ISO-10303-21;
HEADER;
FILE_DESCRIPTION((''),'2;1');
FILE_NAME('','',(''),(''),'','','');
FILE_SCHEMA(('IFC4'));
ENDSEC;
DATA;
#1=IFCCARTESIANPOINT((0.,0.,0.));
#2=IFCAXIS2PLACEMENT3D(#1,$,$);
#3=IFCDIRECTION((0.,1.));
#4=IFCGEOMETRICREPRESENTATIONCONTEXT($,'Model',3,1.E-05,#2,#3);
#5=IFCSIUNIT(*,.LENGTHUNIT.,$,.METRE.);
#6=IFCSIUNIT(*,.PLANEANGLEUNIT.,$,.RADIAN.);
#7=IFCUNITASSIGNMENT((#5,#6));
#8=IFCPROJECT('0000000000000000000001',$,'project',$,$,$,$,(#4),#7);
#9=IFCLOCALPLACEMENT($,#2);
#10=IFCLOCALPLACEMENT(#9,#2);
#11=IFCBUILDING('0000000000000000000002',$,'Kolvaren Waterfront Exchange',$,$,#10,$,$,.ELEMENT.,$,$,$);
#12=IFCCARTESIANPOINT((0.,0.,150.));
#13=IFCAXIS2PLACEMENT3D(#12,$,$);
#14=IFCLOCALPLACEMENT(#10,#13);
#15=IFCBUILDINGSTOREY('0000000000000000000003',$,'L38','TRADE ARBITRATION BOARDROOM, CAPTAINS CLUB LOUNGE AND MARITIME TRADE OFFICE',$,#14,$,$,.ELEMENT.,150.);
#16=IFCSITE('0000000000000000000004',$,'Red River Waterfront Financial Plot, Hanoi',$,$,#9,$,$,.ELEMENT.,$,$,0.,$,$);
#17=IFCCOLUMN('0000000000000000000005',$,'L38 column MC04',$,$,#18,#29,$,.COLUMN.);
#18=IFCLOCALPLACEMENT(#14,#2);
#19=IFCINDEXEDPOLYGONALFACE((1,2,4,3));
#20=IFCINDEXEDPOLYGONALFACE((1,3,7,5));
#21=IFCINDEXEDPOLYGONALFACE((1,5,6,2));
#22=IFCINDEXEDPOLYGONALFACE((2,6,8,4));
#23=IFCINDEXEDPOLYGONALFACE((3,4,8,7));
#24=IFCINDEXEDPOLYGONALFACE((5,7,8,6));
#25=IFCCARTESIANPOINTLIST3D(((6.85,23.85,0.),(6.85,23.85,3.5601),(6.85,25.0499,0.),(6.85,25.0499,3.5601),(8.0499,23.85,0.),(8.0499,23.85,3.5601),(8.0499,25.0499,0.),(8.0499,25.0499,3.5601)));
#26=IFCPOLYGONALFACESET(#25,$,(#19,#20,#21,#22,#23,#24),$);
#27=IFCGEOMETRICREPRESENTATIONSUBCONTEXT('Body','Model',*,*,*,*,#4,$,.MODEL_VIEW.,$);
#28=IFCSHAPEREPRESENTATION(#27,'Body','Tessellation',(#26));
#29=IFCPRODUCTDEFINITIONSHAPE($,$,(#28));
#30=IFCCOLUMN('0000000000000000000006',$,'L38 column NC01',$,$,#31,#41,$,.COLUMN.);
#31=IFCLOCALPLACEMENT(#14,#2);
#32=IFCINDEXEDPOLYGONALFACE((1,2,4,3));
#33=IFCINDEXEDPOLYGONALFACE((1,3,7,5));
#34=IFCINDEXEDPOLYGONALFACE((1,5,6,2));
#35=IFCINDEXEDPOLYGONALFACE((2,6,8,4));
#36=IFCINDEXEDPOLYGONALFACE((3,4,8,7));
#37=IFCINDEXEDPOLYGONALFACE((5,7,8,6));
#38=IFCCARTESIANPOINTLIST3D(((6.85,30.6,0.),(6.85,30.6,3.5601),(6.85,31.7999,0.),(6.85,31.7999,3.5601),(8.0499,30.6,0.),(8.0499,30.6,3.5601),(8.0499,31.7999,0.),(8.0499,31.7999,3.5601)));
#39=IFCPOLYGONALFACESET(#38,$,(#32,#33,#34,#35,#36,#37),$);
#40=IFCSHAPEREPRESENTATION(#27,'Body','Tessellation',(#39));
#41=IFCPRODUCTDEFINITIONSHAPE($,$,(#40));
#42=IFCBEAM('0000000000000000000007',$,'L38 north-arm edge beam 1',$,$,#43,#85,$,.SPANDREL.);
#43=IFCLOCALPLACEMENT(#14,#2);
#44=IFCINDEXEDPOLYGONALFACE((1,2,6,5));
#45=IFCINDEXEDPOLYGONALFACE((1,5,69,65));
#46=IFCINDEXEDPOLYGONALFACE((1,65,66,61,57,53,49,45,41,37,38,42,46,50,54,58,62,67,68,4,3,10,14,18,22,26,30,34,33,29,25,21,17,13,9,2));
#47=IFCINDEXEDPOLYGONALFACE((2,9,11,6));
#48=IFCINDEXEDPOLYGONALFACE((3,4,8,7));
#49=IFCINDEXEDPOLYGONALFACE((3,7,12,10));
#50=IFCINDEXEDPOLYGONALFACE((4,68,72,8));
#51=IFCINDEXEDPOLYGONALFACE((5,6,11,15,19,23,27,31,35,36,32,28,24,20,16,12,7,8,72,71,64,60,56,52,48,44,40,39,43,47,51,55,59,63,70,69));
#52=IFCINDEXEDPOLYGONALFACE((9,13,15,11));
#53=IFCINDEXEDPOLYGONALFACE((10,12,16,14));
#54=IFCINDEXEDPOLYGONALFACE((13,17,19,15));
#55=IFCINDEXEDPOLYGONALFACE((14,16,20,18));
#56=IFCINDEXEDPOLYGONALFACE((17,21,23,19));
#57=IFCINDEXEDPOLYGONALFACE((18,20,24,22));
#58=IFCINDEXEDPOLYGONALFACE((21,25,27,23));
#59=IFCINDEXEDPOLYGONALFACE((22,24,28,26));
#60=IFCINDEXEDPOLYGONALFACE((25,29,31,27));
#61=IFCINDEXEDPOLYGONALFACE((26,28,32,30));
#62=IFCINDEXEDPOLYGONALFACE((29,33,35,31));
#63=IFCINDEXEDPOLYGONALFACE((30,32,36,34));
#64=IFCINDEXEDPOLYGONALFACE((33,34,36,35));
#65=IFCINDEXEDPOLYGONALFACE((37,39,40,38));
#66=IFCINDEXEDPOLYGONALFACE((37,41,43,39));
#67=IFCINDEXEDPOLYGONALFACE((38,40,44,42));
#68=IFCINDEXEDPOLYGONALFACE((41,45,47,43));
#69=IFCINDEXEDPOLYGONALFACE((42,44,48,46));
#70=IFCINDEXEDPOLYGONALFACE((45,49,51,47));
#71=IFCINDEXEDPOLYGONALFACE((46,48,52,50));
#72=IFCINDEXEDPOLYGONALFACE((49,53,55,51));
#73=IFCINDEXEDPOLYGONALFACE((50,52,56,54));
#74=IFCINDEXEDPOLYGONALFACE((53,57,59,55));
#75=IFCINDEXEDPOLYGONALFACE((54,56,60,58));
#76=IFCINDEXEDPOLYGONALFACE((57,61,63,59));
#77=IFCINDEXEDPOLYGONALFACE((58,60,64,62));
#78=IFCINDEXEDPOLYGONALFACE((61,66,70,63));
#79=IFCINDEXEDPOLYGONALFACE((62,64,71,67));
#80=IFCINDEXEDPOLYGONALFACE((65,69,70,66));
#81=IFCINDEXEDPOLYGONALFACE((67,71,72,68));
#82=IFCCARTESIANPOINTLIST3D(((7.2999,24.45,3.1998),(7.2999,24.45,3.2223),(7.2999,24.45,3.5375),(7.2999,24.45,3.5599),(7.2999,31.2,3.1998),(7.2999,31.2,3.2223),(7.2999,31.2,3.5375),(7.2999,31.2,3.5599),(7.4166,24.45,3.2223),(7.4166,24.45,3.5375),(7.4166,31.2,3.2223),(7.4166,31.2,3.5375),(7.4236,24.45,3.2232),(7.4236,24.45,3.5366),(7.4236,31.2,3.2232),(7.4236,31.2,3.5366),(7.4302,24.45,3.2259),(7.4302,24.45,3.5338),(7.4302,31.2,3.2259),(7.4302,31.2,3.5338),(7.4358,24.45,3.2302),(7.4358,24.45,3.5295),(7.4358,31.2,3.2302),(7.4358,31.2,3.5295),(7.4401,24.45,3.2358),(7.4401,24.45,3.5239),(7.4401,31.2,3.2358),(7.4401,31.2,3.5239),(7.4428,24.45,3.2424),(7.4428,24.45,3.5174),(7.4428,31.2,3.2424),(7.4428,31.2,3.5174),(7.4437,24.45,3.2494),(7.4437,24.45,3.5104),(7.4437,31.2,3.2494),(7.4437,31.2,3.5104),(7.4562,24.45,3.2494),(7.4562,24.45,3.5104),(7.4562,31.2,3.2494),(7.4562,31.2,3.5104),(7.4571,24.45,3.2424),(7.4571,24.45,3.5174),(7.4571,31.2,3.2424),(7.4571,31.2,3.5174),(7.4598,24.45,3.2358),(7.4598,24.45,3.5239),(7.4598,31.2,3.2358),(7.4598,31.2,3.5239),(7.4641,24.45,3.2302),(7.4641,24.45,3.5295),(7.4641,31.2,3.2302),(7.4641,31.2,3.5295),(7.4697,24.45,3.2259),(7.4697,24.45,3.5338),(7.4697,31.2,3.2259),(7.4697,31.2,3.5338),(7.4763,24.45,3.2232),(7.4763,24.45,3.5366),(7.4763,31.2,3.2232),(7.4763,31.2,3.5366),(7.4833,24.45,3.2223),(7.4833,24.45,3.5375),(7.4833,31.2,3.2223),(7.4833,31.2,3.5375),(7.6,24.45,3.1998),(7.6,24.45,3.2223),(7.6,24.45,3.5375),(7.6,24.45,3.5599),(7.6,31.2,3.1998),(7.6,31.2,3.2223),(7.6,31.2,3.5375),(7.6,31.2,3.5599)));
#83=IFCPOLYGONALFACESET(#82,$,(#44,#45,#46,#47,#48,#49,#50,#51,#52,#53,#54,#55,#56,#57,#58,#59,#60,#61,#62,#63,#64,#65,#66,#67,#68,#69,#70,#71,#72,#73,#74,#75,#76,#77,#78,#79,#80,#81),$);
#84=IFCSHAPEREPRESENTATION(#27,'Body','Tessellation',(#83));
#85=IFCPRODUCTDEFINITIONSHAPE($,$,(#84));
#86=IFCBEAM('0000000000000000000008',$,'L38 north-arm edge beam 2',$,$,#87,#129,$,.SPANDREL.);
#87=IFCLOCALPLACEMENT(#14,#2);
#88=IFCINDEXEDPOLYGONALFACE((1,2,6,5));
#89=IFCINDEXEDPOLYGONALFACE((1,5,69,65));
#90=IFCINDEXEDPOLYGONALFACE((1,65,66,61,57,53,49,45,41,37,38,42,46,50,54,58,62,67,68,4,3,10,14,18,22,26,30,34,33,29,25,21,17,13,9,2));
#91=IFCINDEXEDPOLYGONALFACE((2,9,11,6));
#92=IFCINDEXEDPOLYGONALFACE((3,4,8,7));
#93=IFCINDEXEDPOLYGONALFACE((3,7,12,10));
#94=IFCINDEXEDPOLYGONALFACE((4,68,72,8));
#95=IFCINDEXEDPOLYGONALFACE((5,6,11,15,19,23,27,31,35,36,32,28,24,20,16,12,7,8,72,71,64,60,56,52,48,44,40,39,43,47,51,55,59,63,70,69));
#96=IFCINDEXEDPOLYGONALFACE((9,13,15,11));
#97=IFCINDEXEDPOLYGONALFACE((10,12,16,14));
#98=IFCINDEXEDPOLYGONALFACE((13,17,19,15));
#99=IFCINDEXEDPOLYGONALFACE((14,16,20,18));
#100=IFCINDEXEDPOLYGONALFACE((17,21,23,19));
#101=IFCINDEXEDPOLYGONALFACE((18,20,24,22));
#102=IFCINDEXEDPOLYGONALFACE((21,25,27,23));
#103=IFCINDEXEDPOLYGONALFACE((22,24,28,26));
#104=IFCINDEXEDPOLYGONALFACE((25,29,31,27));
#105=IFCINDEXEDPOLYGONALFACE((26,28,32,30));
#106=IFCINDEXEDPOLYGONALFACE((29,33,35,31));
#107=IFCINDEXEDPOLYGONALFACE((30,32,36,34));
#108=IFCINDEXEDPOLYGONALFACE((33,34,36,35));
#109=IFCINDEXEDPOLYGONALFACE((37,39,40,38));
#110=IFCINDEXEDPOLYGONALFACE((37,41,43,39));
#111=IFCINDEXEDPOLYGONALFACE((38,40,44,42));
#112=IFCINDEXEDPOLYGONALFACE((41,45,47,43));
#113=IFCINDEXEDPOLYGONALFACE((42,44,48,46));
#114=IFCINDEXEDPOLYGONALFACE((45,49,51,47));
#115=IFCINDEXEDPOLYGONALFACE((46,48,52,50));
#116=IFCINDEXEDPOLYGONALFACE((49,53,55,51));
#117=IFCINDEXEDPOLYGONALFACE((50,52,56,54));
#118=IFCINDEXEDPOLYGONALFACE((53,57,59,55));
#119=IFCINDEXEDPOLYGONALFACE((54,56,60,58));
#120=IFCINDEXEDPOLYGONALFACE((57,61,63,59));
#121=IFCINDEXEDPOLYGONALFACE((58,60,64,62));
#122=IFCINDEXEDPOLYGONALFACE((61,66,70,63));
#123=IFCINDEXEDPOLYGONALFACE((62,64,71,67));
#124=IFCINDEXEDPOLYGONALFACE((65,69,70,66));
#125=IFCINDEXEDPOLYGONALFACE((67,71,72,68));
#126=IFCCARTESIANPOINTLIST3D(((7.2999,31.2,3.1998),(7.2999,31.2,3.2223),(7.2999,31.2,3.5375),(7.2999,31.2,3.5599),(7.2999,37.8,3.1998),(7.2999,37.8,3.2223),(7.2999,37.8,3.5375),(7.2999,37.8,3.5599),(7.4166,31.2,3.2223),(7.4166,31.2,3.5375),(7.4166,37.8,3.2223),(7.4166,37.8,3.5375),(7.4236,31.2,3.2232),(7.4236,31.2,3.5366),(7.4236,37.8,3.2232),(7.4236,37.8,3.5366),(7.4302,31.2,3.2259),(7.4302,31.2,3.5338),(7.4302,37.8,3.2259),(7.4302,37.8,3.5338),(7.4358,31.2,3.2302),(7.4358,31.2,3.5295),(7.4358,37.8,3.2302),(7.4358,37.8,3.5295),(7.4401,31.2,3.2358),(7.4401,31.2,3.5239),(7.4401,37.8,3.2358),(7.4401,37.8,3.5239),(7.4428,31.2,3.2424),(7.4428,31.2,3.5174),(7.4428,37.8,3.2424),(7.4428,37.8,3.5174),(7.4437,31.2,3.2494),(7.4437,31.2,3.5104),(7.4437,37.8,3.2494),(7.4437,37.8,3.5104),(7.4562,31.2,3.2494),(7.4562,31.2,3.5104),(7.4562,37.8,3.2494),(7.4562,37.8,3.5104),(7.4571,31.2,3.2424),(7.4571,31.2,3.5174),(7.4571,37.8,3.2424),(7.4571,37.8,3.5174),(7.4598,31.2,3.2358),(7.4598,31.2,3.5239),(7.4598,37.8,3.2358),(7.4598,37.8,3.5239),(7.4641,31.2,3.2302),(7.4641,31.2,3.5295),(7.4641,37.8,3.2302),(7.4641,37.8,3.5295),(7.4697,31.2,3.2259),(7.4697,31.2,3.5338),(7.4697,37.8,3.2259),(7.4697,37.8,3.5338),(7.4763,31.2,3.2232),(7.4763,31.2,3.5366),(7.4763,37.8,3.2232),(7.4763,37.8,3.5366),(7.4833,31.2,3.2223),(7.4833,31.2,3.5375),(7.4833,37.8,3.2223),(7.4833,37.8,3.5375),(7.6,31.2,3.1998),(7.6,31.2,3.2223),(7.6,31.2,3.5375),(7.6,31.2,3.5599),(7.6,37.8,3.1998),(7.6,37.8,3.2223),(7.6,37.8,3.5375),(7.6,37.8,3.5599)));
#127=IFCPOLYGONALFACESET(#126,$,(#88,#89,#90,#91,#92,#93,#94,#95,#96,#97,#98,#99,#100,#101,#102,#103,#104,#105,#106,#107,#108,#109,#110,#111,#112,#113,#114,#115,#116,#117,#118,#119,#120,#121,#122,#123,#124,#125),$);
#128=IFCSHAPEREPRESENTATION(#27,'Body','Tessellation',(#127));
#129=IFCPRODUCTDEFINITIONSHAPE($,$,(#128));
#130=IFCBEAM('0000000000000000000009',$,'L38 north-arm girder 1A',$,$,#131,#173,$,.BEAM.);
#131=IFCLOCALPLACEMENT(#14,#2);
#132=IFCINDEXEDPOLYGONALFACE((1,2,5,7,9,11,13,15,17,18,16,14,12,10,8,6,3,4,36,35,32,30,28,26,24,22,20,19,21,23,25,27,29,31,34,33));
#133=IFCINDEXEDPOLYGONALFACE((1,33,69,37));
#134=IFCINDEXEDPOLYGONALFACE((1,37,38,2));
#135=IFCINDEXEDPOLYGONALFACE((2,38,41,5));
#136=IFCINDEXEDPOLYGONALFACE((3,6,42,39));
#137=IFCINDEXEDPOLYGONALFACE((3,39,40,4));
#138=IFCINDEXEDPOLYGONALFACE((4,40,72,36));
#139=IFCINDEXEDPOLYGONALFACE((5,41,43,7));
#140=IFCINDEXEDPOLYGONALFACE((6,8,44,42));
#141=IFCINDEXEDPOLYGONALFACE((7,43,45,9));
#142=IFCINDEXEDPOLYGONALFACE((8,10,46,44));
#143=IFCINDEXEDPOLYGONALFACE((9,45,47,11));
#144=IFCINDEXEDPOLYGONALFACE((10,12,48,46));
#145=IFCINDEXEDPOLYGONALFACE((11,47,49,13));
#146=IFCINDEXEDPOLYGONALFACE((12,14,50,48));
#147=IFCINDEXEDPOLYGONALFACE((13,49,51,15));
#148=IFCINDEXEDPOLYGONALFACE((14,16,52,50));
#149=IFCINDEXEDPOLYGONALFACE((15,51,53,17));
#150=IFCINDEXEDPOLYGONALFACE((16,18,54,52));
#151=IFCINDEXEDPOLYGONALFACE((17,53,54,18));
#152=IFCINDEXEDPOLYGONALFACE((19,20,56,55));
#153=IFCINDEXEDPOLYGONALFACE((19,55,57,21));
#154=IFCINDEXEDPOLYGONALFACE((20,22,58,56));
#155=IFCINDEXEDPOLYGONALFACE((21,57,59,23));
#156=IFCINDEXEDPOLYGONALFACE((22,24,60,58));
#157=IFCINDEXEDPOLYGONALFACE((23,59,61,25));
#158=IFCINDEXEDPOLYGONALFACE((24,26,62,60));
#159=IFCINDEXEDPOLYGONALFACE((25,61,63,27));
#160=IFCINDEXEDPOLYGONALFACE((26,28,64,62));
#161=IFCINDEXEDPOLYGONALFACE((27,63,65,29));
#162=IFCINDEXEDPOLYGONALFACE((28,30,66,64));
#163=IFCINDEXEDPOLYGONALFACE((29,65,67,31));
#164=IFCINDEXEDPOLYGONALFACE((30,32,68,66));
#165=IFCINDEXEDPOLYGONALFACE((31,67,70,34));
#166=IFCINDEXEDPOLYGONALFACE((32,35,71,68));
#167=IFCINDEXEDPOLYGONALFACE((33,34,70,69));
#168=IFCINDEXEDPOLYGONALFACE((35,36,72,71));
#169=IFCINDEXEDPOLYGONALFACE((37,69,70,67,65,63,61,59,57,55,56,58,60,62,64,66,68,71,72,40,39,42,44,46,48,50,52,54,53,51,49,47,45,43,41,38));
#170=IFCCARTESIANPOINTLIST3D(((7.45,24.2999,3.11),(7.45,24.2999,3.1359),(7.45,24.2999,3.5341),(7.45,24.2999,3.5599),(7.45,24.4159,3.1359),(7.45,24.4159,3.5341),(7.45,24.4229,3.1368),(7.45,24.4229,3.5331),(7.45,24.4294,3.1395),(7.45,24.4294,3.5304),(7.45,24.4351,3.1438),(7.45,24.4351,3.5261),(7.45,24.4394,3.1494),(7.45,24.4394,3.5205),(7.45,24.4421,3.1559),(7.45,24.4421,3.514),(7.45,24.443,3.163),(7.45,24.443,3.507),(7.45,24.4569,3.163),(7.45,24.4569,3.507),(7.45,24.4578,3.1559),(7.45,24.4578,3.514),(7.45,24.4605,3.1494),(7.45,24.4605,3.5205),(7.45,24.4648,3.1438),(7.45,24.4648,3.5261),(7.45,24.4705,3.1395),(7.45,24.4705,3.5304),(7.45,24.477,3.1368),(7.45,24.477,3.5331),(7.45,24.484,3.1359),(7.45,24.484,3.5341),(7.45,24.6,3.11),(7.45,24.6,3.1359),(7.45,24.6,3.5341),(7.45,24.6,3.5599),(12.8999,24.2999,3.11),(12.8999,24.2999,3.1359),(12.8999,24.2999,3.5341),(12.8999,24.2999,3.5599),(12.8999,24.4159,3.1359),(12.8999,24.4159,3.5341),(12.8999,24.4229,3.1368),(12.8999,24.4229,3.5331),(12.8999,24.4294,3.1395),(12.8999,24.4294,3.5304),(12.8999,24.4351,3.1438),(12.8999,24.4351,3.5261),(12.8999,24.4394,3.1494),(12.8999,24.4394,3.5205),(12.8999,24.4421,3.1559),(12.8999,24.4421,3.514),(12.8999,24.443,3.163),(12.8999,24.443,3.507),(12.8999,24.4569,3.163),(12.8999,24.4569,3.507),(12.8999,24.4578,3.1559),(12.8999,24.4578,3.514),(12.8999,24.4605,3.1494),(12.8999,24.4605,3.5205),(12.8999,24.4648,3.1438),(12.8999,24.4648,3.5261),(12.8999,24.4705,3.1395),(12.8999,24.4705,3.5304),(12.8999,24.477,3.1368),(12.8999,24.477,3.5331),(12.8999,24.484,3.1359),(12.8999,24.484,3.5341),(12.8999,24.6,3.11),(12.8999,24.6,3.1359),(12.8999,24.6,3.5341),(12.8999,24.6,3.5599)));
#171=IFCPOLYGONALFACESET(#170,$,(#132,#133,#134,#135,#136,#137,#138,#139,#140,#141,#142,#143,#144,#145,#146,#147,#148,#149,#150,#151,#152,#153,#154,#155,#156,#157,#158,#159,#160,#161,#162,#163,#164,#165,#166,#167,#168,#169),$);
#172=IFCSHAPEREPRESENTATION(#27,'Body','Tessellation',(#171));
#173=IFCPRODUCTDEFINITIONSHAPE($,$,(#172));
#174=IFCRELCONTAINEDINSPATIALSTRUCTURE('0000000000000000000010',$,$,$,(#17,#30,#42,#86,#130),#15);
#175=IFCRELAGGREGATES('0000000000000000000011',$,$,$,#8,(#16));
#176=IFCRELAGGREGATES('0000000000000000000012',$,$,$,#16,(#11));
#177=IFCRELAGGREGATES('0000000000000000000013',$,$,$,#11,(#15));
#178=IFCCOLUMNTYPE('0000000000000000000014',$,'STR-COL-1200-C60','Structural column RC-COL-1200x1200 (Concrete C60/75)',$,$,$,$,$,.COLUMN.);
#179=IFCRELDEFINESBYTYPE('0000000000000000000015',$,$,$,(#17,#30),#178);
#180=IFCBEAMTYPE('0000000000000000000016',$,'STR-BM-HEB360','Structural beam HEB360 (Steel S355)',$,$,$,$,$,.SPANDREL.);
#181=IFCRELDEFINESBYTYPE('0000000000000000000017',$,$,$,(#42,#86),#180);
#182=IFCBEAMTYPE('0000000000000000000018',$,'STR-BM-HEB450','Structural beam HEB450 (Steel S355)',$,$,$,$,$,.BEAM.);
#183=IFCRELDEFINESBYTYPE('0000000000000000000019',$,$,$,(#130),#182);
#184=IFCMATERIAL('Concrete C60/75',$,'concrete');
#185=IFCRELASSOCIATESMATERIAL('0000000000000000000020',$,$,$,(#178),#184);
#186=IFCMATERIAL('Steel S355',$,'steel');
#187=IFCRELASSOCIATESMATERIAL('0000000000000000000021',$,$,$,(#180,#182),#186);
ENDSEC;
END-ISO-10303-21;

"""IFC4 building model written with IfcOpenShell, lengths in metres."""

from ifc_helpers import new_model, si_unit, direction, frame, origin, origin_2d, place, context, subcontext, project, spatial, rectangle, i_section, extrude, material, material_profile, profile_set, type_object, element, save


model = new_model("IFC4")

# Units and contexts
model_context = context("Model", 3, precision=1e-05, world=origin(), true_north=direction((0.0, 1.0)))
body_context = subcontext(model_context, "Body", "Model", "MODEL_VIEW")
ifc_project = project(units=[si_unit("LENGTHUNIT", "METRE"), si_unit("PLANEANGLEUNIT", "RADIAN")], contexts=[model_context])

# Site, building, storey
site_placement = place(None, origin())
site = spatial("IfcSite", under=ifc_project, at=site_placement, Name="Red River Waterfront Financial Plot, Hanoi", CompositionType="ELEMENT", RefElevation=0.0)
building_placement = place(site_placement, origin())
building = spatial("IfcBuilding", under=site, at=building_placement, Name="Kolvaren Waterfront Exchange", CompositionType="ELEMENT")
storey_placement = place(building_placement, frame((0.0, 0.0, 150.0)))
storey = spatial("IfcBuildingStorey", under=building, at=storey_placement, Name="L38", Description="TRADE ARBITRATION BOARDROOM, CAPTAINS CLUB LOUNGE AND MARITIME TRADE OFFICE", CompositionType="ELEMENT", Elevation=150.0)

# Columns
ifc_material_1 = material(Name="Concrete C60/75", Category="concrete")
ifc_material_profile_1 = material_profile(ifc_material_1, rectangle(XDim=1.2, YDim=1.2, at=origin_2d()), Name="RC-COL-1200x1200")
ifc_profile_set_1 = profile_set([ifc_material_profile_1], Name="Concrete C60/75")
column_type = type_object("IfcColumnType", Name="STR-COL-1200-C60", Description="Structural column RC-COL-1200x1200 (Concrete C60/75)", PredefinedType="COLUMN", material=ifc_profile_set_1)
for number, where, z_axis, x_axis, name in (
    (1, (7.45, 24.45, 0.0), (0.0, 0.0, 1.0), (1.0, 0.0, 0.0), "L38 column MC04"),
    (2, (7.45, 31.2, 0.0), (0.0, 0.0, 1.0), (1.0, 0.0, 0.0), "L38 column NC01"),
):
    element("IfcColumn", number, at=place(storey_placement, frame(where, z_axis=z_axis, x_axis=x_axis)), inside=storey, type_object=column_type, Name=name, PredefinedType="COLUMN", context=body_context, shape_type="SweptSolid", body=[
        extrude(rectangle(XDim=1.2, YDim=1.2, at=origin_2d()), origin(), (0.0, 0.0, 1.0), 3.5601),
    ])

# Beams
ifc_material_2 = material(Name="Steel S355", Category="steel")
ifc_material_profile_2 = material_profile(ifc_material_2, i_section(OverallWidth=0.3, OverallDepth=0.3601, WebThickness=0.0125, FlangeThickness=0.0225, FilletRadius=0.0271, at=origin_2d()), Name="HEB360")
ifc_profile_set_2 = profile_set([ifc_material_profile_2], Name="Steel S355")
beam_type_1 = type_object("IfcBeamType", Name="STR-BM-HEB360", Description="Structural beam HEB360 (Steel S355)", PredefinedType="SPANDREL", material=ifc_profile_set_2)
beam_1_placement = place(storey_placement, frame((7.45, 24.45, 3.3799), z_axis=(0.0, 1.0, 0.0), x_axis=(-1.0, 0.0, 0.0)))
element("IfcBeam", 3, at=beam_1_placement, inside=storey, type_object=beam_type_1, Name="L38 north-arm edge beam 1", PredefinedType="SPANDREL", context=body_context, shape_type="SweptSolid", body=[
    extrude(i_section(OverallWidth=0.3, OverallDepth=0.3601, WebThickness=0.0125, FlangeThickness=0.0225, FilletRadius=0.0271, at=origin_2d()), origin(), (0.0, 0.0, 1.0), 6.75),
])
beam_2_placement = place(storey_placement, frame((7.45, 31.2, 3.3799), z_axis=(0.0, 1.0, 0.0), x_axis=(-1.0, 0.0, 0.0)))
element("IfcBeam", 4, at=beam_2_placement, inside=storey, type_object=beam_type_1, Name="L38 north-arm edge beam 2", PredefinedType="SPANDREL", context=body_context, shape_type="SweptSolid", body=[
    extrude(i_section(OverallWidth=0.3, OverallDepth=0.3601, WebThickness=0.0125, FlangeThickness=0.0225, FilletRadius=0.0271, at=origin_2d()), origin(), (0.0, 0.0, 1.0), 6.6001),
])
ifc_material_profile_3 = material_profile(ifc_material_2, i_section(OverallWidth=0.3, OverallDepth=0.45, WebThickness=0.0139, FlangeThickness=0.0259, FilletRadius=0.0271, at=origin_2d()), Name="HEB450")
ifc_profile_set_3 = profile_set([ifc_material_profile_3], Name="Steel S355")
beam_type_2 = type_object("IfcBeamType", Name="STR-BM-HEB450", Description="Structural beam HEB450 (Steel S355)", PredefinedType="BEAM", material=ifc_profile_set_3)
for number, where, z_axis, x_axis, name in (
    (5, (7.45, 24.45, 3.335), (1.0, 0.0, 0.0), (0.0, 1.0, 0.0), "L38 north-arm girder 1A"),
):
    element("IfcBeam", number, at=place(storey_placement, frame(where, z_axis=z_axis, x_axis=x_axis)), inside=storey, type_object=beam_type_2, Name=name, PredefinedType="BEAM", context=body_context, shape_type="SweptSolid", body=[
        extrude(i_section(OverallWidth=0.3, OverallDepth=0.45, WebThickness=0.0139, FlangeThickness=0.0259, FilletRadius=0.0271, at=origin_2d()), origin(), (0.0, 0.0, 1.0), 5.45),
    ])

save(model, "model.ifc")
